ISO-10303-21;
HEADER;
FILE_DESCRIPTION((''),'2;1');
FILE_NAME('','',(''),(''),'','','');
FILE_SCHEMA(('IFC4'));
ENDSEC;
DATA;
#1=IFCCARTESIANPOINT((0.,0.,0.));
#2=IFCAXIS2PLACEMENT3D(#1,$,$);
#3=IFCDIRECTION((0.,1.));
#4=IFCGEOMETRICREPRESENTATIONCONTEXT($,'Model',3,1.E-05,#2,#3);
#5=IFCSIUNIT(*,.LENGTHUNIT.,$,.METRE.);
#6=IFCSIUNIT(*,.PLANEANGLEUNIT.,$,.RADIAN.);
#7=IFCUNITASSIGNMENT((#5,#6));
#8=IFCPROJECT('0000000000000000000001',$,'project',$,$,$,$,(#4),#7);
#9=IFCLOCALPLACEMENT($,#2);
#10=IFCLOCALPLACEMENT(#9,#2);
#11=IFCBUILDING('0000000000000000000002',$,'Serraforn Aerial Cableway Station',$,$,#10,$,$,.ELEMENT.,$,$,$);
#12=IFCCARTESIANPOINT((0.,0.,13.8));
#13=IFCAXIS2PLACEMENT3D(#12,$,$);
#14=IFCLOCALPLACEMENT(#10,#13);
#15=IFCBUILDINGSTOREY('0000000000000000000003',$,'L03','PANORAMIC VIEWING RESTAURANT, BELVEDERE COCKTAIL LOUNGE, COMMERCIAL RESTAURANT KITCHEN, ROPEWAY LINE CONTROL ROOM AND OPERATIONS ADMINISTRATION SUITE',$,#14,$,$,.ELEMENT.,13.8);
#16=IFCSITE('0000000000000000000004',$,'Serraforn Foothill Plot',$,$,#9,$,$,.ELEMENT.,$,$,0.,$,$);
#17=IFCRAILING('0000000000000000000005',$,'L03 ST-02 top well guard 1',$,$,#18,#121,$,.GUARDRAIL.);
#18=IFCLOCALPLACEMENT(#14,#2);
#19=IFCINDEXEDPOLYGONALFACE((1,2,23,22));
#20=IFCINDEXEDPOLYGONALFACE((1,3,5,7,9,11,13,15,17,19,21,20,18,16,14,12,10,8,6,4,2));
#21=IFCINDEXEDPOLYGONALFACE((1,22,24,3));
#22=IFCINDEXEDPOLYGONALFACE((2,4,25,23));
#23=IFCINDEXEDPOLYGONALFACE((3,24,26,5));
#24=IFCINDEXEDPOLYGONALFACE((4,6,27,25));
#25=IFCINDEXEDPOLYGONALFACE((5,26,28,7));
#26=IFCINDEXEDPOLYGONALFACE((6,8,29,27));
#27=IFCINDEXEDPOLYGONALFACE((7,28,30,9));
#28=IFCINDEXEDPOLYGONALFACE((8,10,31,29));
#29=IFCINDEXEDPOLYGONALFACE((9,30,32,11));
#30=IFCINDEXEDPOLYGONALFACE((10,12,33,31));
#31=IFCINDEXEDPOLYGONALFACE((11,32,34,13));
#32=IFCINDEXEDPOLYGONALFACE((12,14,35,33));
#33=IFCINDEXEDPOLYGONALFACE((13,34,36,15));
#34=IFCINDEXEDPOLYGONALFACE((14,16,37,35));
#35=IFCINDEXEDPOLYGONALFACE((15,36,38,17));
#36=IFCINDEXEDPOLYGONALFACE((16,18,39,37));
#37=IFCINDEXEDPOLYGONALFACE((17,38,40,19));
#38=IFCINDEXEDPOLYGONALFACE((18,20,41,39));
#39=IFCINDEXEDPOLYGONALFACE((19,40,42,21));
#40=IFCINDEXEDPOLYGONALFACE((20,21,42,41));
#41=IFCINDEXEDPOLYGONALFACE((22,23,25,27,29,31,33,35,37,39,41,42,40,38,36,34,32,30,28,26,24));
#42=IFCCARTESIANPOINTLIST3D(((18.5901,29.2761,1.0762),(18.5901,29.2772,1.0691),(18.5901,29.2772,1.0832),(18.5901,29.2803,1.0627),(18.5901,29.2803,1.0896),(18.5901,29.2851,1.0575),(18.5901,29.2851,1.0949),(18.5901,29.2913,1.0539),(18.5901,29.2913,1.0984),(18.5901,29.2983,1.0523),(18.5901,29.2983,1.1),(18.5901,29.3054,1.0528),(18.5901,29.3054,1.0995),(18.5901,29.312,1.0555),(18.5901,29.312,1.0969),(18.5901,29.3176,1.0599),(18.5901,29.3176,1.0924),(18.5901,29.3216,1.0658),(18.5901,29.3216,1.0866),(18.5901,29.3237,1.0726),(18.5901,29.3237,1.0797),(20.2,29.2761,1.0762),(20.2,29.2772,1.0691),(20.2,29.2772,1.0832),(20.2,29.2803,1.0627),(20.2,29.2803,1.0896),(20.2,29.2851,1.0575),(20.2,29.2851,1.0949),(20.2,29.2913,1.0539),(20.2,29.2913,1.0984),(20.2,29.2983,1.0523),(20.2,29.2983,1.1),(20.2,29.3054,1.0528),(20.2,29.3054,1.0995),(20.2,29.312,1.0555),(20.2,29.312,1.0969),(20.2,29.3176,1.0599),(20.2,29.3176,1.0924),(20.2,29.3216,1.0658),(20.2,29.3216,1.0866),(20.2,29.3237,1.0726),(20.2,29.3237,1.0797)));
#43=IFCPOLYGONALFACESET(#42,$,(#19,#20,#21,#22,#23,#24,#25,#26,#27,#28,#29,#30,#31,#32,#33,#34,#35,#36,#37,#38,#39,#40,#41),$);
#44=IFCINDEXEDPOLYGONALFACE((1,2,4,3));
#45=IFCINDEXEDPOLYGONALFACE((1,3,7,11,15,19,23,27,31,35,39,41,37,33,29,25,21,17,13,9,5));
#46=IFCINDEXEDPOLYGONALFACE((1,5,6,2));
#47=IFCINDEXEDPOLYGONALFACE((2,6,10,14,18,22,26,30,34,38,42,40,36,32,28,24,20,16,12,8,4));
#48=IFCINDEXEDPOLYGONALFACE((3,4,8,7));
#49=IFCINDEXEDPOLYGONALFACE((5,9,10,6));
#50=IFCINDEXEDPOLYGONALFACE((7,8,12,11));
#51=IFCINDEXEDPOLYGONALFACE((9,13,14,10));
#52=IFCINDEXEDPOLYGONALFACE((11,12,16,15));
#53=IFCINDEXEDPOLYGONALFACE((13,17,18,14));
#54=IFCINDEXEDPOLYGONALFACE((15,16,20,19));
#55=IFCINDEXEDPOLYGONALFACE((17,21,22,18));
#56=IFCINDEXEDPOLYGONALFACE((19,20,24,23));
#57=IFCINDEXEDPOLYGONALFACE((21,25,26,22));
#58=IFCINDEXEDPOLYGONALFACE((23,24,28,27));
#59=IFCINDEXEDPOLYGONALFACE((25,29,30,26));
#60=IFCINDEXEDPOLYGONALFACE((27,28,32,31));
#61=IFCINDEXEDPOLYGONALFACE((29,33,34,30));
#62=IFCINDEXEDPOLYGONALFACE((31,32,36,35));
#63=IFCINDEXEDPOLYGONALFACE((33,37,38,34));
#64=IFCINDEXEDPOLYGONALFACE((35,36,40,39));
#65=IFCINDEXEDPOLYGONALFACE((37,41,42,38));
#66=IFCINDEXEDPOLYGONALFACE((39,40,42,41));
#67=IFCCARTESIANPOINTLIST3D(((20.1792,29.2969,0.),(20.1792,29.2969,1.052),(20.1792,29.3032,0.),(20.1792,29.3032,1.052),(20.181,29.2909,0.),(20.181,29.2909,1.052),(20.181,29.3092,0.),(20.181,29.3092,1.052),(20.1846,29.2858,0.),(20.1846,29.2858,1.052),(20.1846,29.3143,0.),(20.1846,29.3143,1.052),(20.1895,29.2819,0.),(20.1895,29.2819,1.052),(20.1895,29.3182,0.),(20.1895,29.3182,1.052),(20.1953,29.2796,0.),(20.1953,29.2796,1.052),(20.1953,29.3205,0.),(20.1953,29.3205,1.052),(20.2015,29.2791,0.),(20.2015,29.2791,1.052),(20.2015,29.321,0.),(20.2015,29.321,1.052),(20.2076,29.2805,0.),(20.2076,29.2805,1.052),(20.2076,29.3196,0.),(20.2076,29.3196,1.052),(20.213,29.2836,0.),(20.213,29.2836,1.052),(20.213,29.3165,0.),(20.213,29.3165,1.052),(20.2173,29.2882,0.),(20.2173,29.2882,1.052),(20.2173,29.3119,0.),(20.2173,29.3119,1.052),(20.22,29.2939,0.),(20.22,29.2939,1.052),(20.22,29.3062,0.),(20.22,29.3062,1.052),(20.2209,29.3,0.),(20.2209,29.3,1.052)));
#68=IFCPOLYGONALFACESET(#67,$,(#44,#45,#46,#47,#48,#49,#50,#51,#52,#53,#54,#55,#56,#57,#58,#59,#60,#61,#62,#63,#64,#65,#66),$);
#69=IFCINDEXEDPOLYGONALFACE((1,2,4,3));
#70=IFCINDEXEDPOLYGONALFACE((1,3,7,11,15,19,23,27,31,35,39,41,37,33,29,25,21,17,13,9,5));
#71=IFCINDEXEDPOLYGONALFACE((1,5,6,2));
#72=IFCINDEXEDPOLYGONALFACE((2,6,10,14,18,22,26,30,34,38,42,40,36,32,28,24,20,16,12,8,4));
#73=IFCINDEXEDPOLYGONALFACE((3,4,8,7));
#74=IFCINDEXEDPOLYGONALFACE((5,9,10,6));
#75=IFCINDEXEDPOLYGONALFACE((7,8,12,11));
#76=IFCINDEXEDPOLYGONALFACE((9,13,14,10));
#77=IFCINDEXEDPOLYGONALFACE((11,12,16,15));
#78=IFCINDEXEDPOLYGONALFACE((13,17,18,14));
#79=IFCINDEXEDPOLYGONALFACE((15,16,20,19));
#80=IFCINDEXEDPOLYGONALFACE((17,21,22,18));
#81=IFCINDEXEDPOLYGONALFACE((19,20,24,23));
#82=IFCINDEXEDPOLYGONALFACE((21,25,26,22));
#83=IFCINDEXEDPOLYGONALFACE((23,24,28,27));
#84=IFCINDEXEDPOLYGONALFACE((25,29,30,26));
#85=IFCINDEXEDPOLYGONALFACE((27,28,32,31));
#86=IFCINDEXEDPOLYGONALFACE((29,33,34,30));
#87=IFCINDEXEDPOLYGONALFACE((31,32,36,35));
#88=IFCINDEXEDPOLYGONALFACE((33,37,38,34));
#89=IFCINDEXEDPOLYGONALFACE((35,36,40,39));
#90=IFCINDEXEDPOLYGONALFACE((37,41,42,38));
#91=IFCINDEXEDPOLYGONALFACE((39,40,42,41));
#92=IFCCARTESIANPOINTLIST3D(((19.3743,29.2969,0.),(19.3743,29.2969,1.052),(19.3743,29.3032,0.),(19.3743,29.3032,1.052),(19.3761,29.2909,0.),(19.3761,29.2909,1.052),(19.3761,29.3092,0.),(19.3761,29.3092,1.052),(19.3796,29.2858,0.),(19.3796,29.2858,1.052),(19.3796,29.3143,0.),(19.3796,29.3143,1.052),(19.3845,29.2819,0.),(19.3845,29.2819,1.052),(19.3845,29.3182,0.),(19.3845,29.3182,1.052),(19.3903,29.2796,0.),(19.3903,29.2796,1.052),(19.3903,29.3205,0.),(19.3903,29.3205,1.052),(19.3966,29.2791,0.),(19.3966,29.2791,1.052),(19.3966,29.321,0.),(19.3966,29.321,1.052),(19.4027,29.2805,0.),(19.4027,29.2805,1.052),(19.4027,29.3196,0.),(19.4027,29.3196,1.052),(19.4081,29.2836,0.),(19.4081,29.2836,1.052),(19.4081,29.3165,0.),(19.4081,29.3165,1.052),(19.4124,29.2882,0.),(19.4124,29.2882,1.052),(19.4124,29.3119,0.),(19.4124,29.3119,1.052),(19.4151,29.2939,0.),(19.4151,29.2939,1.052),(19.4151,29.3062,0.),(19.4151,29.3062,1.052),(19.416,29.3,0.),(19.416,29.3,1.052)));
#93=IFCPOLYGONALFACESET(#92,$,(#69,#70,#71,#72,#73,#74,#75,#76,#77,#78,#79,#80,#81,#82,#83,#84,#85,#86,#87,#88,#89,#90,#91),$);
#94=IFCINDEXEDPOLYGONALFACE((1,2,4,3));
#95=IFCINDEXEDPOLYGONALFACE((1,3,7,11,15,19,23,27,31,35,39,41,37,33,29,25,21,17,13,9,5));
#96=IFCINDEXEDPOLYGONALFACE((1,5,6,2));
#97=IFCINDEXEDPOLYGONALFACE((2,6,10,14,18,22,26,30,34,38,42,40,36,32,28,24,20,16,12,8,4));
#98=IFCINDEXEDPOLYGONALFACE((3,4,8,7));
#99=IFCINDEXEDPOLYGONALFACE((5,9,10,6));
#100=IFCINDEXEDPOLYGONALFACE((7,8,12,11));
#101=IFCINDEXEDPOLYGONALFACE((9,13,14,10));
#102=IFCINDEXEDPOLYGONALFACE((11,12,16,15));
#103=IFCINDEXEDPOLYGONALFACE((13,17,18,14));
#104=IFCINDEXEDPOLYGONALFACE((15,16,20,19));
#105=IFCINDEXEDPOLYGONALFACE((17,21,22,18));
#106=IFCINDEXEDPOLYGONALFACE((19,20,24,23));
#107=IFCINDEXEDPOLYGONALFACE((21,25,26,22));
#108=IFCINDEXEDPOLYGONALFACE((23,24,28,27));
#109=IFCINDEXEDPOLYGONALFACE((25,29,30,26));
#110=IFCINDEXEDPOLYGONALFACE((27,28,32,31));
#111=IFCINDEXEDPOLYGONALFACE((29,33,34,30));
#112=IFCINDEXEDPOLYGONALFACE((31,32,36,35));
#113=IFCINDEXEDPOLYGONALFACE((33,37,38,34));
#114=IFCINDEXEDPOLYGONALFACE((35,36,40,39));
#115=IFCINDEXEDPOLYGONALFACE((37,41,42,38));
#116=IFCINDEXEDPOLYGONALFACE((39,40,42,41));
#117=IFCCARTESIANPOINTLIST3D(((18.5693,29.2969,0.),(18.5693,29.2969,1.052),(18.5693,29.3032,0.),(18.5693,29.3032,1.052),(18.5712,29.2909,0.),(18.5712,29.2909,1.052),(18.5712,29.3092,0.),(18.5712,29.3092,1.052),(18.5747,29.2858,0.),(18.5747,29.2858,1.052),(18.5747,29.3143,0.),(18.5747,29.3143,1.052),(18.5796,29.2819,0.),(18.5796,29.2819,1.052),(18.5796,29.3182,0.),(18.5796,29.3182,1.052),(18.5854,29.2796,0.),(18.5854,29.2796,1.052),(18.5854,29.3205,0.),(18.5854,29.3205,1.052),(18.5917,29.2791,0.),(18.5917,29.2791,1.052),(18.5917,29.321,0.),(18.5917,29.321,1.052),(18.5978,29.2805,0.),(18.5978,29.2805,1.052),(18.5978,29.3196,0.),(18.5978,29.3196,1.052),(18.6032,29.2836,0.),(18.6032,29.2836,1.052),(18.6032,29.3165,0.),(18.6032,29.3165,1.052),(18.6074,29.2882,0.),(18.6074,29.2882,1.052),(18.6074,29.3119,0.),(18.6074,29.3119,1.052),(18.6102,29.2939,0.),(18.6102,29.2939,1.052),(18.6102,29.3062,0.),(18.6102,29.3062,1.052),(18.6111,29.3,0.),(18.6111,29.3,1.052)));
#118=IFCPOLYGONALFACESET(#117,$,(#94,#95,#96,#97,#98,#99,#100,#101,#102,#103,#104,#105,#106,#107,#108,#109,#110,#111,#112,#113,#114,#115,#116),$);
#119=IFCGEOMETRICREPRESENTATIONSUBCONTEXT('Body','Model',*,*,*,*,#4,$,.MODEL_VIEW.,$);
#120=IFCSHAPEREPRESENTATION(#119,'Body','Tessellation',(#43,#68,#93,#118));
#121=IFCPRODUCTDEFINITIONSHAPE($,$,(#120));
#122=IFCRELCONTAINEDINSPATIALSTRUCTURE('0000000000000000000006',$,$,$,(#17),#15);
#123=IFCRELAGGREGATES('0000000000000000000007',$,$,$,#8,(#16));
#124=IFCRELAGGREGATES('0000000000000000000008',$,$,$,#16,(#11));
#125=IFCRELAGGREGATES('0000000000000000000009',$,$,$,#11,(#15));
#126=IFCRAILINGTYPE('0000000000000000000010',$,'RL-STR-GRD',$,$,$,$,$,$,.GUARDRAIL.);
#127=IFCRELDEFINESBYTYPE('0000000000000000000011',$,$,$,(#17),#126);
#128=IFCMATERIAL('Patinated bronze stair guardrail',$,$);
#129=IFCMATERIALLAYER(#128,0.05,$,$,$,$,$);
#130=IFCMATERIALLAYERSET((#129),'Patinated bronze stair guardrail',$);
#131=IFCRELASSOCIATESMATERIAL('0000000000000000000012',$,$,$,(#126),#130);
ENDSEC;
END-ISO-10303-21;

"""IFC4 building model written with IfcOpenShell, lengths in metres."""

from ifc_helpers import new_model, si_unit, direction, frame, origin, origin_2d, place, context, subcontext, project, spatial, circle, extrude, material, layer, layer_set, type_object, element, save


model = new_model("IFC4")

# Units and contexts
model_context = context("Model", 3, precision=1e-05, world=origin(), true_north=direction((0.0, 1.0)))
body_context = subcontext(model_context, "Body", "Model", "MODEL_VIEW")
ifc_project = project(units=[si_unit("LENGTHUNIT", "METRE"), si_unit("PLANEANGLEUNIT", "RADIAN")], contexts=[model_context])

# Site, building, storey
site_placement = place(None, origin())
site = spatial("IfcSite", under=ifc_project, at=site_placement, Name="Serraforn Foothill Plot", CompositionType="ELEMENT", RefElevation=0.0)
building_placement = place(site_placement, origin())
building = spatial("IfcBuilding", under=site, at=building_placement, Name="Serraforn Aerial Cableway Station", CompositionType="ELEMENT")
storey_placement = place(building_placement, frame((0.0, 0.0, 13.8)))
storey = spatial("IfcBuildingStorey", under=building, at=storey_placement, Name="L03", Description="PANORAMIC VIEWING RESTAURANT, BELVEDERE COCKTAIL LOUNGE, COMMERCIAL RESTAURANT KITCHEN, ROPEWAY LINE CONTROL ROOM AND OPERATIONS ADMINISTRATION SUITE", CompositionType="ELEMENT", Elevation=13.8)

# Railing
ifc_material_1 = material(Name="Patinated bronze stair guardrail")
ifc_layer_1 = layer(ifc_material_1, 0.05)
ifc_layer_set_1 = layer_set([ifc_layer_1], Name="Patinated bronze stair guardrail")
railing_type = type_object("IfcRailingType", Name="RL-STR-GRD", PredefinedType="GUARDRAIL", material=ifc_layer_set_1)
railing_placement = place(storey_placement, frame((20.2, 29.3, 0.0)))
element("IfcRailing", 1, at=railing_placement, inside=storey, type_object=railing_type, Name="L03 ST-02 top well guard 1", PredefinedType="GUARDRAIL", context=body_context, shape_type="SweptSolid", body=[
    extrude(circle(Radius=0.0239, at=origin_2d()), frame((0.0, 0.0, 1.0762), z_axis=(-1.0, 0.0, 0.0), x_axis=(0.0, -1.0, 0.0)), (0.0, 0.0, 1.0), 1.6099),
    extrude(circle(Radius=0.021, at=origin_2d()), origin(), (0.0, 0.0, 1.0), 1.052),
    extrude(circle(Radius=0.021, at=origin_2d()), frame((-0.8049, 0.0, 0.0)), (0.0, 0.0, 1.0), 1.052),
    extrude(circle(Radius=0.021, at=origin_2d()), frame((-1.6099, 0.0, 0.0)), (0.0, 0.0, 1.0), 1.052),
])

save(model, "model.ifc")
